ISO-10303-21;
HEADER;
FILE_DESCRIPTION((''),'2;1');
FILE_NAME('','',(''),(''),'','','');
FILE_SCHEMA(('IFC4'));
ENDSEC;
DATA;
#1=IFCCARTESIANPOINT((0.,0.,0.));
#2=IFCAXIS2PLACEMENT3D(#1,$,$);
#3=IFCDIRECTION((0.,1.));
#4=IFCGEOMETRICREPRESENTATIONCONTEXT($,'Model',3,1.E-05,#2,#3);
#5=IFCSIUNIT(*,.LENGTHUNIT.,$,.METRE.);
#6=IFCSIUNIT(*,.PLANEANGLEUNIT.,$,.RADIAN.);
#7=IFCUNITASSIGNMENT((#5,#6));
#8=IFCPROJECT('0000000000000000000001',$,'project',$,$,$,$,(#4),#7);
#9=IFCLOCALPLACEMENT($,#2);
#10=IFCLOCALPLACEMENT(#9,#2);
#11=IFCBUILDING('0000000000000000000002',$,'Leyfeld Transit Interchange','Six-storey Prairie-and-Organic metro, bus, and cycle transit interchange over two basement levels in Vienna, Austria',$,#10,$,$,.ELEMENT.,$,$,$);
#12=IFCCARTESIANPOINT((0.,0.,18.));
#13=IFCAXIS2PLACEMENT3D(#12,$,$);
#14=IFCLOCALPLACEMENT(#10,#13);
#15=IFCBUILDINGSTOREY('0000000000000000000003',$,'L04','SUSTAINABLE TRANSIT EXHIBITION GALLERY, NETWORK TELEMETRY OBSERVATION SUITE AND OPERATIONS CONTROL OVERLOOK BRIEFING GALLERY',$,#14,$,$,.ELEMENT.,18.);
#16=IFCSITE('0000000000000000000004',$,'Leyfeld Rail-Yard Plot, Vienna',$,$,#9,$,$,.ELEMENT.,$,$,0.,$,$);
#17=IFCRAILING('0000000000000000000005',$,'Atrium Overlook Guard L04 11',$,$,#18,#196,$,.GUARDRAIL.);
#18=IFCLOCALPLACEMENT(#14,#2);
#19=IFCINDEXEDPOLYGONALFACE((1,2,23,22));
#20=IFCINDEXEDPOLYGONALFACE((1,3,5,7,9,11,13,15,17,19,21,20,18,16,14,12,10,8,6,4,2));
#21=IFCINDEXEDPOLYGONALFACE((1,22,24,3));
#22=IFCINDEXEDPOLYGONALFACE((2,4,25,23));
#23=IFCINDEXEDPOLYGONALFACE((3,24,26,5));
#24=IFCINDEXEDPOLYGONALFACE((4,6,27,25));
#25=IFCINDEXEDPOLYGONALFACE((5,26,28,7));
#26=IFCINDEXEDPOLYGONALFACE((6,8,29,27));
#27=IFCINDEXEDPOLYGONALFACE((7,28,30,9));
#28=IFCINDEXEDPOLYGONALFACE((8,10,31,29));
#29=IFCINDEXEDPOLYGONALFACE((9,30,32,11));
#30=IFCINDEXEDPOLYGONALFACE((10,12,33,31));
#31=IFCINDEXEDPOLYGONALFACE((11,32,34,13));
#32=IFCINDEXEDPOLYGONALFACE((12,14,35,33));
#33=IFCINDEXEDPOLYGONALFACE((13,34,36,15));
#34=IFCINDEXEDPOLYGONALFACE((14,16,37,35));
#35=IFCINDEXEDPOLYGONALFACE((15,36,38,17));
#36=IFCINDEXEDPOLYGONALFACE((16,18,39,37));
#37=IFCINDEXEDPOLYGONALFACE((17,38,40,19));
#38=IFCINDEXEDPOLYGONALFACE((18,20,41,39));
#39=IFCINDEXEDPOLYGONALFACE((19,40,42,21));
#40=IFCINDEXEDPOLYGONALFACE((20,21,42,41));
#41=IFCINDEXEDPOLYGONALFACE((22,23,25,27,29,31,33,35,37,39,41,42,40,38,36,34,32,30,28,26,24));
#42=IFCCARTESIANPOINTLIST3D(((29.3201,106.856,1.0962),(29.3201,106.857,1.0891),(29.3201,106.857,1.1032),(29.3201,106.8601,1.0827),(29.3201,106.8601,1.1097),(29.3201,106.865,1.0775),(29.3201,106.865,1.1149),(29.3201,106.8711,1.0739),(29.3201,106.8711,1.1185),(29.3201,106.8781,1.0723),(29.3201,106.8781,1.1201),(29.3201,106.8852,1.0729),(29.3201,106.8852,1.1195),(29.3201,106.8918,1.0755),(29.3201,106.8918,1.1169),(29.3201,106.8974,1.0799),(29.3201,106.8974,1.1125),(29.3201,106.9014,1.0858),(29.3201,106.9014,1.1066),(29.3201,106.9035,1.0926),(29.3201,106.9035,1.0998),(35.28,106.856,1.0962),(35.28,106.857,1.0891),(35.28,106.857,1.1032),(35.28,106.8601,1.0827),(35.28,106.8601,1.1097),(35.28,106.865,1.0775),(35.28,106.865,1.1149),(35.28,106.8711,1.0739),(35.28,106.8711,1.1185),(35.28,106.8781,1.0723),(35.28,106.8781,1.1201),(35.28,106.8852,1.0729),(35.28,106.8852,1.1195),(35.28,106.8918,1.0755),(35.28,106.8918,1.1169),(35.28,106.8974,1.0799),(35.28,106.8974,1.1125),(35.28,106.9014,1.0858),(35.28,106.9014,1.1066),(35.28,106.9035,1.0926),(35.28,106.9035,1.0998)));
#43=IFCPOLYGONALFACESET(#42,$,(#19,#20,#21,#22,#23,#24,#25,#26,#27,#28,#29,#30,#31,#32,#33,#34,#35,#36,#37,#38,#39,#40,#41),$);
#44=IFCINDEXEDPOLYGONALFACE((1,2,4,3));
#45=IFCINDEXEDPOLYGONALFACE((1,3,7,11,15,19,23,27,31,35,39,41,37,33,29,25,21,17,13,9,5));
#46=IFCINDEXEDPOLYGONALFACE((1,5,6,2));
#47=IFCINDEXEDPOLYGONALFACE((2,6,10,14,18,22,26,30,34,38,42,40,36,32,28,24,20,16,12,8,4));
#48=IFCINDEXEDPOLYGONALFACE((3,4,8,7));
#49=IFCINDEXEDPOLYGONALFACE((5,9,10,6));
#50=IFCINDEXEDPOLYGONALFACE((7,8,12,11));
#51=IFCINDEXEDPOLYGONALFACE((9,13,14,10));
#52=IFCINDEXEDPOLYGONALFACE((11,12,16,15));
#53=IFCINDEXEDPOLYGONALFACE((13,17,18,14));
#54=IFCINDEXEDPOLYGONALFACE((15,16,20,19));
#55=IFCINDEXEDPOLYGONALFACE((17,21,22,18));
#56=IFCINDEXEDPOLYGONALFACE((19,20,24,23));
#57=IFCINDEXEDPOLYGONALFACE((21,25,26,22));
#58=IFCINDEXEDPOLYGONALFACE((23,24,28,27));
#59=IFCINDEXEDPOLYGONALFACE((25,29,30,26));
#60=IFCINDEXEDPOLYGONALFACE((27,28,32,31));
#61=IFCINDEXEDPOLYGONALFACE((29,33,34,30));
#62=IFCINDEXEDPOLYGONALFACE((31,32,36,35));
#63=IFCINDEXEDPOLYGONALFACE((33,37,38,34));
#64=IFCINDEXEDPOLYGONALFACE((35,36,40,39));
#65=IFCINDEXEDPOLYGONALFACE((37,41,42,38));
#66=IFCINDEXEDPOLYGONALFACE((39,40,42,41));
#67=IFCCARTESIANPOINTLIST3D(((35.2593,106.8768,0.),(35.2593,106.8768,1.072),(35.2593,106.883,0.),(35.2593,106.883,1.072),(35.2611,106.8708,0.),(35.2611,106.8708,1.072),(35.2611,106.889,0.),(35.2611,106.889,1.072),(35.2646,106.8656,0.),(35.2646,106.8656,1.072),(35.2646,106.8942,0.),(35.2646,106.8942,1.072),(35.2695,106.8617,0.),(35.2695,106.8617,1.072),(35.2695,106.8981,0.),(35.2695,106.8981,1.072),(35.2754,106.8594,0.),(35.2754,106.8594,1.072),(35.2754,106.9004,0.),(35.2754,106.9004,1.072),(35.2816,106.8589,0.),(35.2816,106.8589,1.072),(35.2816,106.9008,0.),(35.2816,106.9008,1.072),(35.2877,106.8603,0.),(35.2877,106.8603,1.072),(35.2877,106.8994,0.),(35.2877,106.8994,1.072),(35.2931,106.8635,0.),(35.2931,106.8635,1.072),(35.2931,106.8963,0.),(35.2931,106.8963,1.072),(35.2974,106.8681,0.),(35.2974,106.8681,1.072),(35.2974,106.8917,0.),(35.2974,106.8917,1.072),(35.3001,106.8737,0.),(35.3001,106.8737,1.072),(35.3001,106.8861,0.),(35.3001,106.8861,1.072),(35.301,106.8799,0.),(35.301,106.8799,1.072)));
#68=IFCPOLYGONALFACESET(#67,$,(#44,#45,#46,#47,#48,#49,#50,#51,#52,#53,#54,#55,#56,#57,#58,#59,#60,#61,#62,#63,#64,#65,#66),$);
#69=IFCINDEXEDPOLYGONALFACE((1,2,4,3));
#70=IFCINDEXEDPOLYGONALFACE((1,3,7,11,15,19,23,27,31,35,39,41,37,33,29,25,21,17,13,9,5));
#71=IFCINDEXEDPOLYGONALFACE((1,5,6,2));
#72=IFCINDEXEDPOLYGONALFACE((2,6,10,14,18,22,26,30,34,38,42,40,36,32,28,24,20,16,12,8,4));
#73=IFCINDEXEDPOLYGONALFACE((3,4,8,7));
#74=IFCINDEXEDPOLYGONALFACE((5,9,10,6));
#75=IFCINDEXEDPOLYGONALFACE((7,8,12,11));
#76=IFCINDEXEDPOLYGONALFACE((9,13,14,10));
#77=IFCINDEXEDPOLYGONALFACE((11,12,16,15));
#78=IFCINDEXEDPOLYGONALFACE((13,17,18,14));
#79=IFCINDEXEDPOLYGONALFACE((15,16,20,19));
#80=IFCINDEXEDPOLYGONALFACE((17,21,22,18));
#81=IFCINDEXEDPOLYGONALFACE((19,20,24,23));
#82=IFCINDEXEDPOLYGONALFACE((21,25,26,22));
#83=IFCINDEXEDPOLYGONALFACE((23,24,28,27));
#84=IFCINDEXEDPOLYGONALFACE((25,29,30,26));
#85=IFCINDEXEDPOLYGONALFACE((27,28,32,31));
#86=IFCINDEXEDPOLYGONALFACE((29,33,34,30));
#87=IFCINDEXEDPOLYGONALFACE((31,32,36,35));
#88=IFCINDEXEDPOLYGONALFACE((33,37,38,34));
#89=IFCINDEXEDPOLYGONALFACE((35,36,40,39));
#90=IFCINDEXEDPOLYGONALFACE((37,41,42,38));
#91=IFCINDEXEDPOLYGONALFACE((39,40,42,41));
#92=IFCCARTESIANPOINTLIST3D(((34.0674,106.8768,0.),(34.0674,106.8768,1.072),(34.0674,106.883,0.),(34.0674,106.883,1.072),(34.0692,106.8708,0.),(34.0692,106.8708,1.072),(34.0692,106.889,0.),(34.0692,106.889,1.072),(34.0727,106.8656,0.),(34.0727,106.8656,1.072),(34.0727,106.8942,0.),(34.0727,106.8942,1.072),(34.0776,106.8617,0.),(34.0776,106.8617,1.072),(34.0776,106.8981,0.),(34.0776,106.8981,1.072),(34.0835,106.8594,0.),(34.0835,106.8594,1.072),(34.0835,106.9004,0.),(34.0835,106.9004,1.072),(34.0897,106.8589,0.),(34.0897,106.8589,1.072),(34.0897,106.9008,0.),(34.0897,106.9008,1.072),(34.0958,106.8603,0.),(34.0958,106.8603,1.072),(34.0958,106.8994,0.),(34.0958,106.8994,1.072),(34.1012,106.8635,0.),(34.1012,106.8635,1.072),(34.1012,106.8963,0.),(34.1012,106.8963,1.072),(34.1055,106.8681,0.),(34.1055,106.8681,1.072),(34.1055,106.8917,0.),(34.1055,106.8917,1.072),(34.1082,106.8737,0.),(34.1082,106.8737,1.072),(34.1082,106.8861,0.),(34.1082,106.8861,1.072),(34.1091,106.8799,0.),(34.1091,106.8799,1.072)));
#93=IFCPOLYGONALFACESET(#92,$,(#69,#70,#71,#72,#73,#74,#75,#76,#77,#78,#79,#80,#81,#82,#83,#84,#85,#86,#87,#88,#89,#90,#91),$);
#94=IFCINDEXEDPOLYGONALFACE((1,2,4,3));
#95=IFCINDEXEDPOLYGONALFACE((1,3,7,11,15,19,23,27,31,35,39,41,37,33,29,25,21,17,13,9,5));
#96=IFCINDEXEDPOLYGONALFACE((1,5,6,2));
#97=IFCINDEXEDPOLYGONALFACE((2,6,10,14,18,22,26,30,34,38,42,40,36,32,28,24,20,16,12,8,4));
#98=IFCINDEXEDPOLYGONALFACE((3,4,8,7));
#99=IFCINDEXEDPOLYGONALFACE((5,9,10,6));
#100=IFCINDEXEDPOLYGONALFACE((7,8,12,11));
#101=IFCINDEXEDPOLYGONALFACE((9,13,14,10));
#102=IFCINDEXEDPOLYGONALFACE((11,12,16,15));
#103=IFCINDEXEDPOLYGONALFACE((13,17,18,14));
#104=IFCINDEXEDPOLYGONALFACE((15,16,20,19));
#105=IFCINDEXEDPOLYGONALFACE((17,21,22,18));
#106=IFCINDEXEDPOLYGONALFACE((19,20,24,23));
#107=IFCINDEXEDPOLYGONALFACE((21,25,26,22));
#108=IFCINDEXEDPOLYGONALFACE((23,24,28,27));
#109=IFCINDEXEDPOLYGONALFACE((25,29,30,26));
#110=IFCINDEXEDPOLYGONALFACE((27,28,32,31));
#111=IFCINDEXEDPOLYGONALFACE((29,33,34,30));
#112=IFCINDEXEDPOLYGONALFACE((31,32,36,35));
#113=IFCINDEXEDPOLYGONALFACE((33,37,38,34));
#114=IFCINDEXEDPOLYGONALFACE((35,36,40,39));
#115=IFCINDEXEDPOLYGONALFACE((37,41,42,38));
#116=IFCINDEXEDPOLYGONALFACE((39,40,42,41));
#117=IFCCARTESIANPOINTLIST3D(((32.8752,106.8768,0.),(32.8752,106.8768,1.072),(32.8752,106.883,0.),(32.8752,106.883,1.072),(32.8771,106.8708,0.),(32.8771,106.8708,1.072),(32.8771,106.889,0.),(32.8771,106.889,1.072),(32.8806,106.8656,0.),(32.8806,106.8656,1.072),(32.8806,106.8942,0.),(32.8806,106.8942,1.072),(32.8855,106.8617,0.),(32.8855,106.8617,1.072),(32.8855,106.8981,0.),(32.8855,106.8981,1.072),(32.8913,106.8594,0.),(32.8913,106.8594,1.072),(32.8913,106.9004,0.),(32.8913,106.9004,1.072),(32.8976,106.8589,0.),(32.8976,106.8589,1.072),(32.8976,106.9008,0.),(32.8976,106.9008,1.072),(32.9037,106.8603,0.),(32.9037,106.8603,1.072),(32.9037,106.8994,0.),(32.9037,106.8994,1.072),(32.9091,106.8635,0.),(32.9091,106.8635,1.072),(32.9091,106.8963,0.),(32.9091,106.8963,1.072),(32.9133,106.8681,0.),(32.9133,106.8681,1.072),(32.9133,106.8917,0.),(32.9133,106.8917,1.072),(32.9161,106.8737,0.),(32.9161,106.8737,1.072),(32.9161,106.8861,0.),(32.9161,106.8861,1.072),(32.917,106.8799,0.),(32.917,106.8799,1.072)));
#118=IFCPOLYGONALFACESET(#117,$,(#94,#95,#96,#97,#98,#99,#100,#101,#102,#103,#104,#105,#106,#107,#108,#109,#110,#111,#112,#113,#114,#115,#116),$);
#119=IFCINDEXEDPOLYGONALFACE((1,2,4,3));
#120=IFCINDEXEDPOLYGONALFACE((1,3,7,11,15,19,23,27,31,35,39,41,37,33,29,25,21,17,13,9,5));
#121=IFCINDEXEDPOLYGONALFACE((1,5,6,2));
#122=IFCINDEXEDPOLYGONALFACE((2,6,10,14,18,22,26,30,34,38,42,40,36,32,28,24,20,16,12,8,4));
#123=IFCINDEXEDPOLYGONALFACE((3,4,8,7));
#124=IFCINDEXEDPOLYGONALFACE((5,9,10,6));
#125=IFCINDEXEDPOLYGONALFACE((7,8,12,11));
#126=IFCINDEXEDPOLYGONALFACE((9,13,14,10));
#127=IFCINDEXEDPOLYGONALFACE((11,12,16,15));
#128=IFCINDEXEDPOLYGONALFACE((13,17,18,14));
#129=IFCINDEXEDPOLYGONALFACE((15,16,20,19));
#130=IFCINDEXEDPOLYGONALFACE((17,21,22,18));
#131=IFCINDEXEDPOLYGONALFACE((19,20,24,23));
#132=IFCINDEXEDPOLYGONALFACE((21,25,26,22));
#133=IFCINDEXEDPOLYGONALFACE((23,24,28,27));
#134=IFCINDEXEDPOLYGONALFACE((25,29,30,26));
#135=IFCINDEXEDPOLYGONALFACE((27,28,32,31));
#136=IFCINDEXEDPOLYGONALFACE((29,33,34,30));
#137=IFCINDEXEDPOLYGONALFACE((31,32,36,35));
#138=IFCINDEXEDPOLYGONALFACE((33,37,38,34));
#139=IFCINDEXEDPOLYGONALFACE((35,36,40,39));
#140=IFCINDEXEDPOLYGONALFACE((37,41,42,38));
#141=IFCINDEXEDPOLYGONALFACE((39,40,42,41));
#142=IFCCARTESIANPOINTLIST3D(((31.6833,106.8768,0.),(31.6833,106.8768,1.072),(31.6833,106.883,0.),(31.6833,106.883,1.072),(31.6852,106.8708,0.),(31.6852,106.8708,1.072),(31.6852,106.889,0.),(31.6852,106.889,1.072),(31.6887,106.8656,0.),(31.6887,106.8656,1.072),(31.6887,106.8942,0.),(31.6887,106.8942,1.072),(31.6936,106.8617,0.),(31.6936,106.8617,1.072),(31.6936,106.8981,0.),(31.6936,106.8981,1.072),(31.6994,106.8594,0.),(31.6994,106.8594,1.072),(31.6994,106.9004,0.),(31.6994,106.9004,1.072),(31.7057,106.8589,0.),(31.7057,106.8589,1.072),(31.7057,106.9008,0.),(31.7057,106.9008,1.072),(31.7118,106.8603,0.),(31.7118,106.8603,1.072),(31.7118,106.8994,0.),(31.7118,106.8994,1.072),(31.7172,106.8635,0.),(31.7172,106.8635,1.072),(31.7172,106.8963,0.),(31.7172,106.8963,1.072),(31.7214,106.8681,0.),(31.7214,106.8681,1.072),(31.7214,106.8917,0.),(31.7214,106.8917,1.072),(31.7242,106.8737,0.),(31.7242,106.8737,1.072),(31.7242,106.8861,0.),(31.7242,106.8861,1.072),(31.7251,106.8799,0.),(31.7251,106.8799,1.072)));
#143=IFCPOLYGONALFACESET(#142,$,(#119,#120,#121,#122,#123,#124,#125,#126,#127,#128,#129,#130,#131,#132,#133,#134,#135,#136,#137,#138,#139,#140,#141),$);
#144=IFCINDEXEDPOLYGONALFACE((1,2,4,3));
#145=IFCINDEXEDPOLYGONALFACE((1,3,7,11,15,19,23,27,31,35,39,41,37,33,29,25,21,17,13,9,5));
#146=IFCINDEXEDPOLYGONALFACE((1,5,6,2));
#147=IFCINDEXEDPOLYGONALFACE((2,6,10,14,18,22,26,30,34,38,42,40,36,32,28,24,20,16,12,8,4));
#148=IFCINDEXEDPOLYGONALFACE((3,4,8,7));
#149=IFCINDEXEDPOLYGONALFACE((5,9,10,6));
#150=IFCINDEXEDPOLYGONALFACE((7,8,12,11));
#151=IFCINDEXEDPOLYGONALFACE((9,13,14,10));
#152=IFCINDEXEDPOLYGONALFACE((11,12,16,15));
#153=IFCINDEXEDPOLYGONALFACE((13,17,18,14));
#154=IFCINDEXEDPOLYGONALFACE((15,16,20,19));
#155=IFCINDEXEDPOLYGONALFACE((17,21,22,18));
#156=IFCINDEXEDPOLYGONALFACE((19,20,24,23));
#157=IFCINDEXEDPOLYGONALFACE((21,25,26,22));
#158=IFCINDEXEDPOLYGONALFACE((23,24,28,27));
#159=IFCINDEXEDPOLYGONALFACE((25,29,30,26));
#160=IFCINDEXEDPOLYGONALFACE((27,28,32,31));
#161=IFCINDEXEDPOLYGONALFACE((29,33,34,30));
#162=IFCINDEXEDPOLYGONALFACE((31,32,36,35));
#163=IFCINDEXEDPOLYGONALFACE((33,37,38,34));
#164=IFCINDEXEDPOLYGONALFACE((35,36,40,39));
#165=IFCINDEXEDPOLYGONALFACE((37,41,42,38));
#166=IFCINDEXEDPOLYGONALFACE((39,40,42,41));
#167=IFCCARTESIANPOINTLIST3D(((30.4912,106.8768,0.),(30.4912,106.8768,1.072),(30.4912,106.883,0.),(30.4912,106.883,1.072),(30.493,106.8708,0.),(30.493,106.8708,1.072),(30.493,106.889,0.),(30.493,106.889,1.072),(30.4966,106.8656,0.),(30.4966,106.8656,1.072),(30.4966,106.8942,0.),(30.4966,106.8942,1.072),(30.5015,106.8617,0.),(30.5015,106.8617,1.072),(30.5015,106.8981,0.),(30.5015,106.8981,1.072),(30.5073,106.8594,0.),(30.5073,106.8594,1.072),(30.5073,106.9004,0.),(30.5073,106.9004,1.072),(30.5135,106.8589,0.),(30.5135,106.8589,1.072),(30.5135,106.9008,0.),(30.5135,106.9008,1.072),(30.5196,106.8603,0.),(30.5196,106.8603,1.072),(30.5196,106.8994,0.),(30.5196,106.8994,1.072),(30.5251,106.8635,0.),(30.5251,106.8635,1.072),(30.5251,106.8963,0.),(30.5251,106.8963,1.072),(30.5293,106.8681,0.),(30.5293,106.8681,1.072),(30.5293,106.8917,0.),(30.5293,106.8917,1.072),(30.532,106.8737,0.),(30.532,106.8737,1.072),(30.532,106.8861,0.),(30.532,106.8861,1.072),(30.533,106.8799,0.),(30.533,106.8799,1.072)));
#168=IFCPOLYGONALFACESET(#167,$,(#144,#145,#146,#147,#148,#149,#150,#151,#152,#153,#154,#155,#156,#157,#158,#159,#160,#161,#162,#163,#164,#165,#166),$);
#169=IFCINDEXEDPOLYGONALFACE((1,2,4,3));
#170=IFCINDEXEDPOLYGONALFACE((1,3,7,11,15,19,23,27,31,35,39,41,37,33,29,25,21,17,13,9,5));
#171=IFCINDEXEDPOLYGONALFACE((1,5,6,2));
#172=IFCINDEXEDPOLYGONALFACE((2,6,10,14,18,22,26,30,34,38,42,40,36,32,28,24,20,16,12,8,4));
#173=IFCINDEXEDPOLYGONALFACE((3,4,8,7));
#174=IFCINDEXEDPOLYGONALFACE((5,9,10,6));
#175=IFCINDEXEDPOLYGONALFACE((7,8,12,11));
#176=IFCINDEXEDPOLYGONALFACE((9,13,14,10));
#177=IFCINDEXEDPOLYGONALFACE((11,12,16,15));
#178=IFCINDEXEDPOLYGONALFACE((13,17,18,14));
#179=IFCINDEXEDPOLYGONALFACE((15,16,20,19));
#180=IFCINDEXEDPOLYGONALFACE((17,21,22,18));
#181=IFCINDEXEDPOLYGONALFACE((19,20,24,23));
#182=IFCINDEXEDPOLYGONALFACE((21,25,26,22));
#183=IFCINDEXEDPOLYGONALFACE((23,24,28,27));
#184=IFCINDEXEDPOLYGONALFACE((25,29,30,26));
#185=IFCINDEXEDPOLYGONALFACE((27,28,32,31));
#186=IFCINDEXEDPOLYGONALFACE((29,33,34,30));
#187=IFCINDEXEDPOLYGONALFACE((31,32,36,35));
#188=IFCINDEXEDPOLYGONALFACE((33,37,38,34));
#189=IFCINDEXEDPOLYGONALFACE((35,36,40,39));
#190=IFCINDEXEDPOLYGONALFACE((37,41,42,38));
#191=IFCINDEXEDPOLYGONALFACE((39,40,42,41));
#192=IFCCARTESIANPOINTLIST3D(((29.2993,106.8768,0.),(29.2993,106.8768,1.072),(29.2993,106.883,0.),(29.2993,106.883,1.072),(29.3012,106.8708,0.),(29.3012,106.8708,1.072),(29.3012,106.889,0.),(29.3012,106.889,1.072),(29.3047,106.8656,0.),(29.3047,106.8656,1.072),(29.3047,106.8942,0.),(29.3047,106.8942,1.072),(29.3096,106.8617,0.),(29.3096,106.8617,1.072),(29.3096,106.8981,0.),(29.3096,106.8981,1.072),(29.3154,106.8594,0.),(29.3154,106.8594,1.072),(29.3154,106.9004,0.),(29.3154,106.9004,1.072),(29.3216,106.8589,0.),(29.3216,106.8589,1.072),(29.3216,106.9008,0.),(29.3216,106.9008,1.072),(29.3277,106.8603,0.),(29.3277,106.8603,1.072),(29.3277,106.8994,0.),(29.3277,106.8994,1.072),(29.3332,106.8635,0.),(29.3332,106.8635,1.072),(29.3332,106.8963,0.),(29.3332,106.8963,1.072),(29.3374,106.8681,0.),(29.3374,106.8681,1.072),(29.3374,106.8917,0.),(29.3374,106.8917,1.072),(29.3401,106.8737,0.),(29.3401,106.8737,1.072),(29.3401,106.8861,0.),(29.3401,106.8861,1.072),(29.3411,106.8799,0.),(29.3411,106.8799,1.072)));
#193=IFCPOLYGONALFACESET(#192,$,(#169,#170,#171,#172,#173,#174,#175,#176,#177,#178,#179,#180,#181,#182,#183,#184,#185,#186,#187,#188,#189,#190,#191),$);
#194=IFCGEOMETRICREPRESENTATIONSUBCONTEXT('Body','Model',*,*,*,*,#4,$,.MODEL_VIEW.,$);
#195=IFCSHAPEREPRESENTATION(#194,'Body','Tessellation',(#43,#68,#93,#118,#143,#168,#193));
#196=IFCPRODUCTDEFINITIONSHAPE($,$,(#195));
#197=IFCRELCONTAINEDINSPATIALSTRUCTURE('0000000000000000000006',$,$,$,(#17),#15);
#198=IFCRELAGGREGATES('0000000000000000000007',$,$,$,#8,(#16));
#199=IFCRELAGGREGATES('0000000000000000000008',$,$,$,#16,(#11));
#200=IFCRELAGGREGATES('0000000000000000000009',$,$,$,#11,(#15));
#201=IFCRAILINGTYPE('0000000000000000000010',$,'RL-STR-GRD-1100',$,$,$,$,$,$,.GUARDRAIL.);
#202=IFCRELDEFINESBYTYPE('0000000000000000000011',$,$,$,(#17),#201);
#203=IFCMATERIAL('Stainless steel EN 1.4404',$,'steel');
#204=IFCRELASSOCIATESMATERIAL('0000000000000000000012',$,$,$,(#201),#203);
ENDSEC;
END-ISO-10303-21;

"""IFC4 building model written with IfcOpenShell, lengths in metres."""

from ifc_helpers import new_model, si_unit, direction, frame, origin, origin_2d, place, context, subcontext, project, spatial, circle, extrude, material, type_object, element, save


model = new_model("IFC4")

# Units and contexts
model_context = context("Model", 3, precision=1e-05, world=origin(), true_north=direction((0.0, 1.0)))
body_context = subcontext(model_context, "Body", "Model", "MODEL_VIEW")
ifc_project = project(units=[si_unit("LENGTHUNIT", "METRE"), si_unit("PLANEANGLEUNIT", "RADIAN")], contexts=[model_context])

# Site, building, storey
site_placement = place(None, origin())
site = spatial("IfcSite", under=ifc_project, at=site_placement, Name="Leyfeld Rail-Yard Plot, Vienna", CompositionType="ELEMENT", RefElevation=0.0)
building_placement = place(site_placement, origin())
building = spatial("IfcBuilding", under=site, at=building_placement, Name="Leyfeld Transit Interchange", Description="Six-storey Prairie-and-Organic metro, bus, and cycle transit interchange over two basement levels in Vienna, Austria", CompositionType="ELEMENT")
storey_placement = place(building_placement, frame((0.0, 0.0, 18.0)))
storey = spatial("IfcBuildingStorey", under=building, at=storey_placement, Name="L04", Description="SUSTAINABLE TRANSIT EXHIBITION GALLERY, NETWORK TELEMETRY OBSERVATION SUITE AND OPERATIONS CONTROL OVERLOOK BRIEFING GALLERY", CompositionType="ELEMENT", Elevation=18.0)

# Railing
ifc_material_1 = material(Name="Stainless steel EN 1.4404", Category="steel")
railing_type = type_object("IfcRailingType", Name="RL-STR-GRD-1100", PredefinedType="GUARDRAIL", material=ifc_material_1)
railing_placement = place(storey_placement, frame((35.28, 106.8799, 0.0)))
element("IfcRailing", 1, at=railing_placement, inside=storey, type_object=railing_type, Name="Atrium Overlook Guard L04 11", PredefinedType="GUARDRAIL", context=body_context, shape_type="SweptSolid", body=[
    extrude(circle(Radius=0.0239, at=origin_2d()), frame((0.0, 0.0, 1.0962), z_axis=(-1.0, 0.0, 0.0), x_axis=(0.0, -1.0, 0.0)), (0.0, 0.0, 1.0), 5.96),
    extrude(circle(Radius=0.021, at=origin_2d()), origin(), (0.0, 0.0, 1.0), 1.072),
    extrude(circle(Radius=0.021, at=origin_2d()), frame((-1.1919, 0.0, 0.0)), (0.0, 0.0, 1.0), 1.072),
    extrude(circle(Radius=0.021, at=origin_2d()), frame((-2.384, 0.0, 0.0)), (0.0, 0.0, 1.0), 1.072),
    extrude(circle(Radius=0.021, at=origin_2d()), frame((-3.5759, 0.0, 0.0)), (0.0, 0.0, 1.0), 1.072),
    extrude(circle(Radius=0.021, at=origin_2d()), frame((-4.7681, 0.0, 0.0)), (0.0, 0.0, 1.0), 1.072),
    extrude(circle(Radius=0.021, at=origin_2d()), frame((-5.96, 0.0, 0.0)), (0.0, 0.0, 1.0), 1.072),
])

save(model, "model.ifc")
